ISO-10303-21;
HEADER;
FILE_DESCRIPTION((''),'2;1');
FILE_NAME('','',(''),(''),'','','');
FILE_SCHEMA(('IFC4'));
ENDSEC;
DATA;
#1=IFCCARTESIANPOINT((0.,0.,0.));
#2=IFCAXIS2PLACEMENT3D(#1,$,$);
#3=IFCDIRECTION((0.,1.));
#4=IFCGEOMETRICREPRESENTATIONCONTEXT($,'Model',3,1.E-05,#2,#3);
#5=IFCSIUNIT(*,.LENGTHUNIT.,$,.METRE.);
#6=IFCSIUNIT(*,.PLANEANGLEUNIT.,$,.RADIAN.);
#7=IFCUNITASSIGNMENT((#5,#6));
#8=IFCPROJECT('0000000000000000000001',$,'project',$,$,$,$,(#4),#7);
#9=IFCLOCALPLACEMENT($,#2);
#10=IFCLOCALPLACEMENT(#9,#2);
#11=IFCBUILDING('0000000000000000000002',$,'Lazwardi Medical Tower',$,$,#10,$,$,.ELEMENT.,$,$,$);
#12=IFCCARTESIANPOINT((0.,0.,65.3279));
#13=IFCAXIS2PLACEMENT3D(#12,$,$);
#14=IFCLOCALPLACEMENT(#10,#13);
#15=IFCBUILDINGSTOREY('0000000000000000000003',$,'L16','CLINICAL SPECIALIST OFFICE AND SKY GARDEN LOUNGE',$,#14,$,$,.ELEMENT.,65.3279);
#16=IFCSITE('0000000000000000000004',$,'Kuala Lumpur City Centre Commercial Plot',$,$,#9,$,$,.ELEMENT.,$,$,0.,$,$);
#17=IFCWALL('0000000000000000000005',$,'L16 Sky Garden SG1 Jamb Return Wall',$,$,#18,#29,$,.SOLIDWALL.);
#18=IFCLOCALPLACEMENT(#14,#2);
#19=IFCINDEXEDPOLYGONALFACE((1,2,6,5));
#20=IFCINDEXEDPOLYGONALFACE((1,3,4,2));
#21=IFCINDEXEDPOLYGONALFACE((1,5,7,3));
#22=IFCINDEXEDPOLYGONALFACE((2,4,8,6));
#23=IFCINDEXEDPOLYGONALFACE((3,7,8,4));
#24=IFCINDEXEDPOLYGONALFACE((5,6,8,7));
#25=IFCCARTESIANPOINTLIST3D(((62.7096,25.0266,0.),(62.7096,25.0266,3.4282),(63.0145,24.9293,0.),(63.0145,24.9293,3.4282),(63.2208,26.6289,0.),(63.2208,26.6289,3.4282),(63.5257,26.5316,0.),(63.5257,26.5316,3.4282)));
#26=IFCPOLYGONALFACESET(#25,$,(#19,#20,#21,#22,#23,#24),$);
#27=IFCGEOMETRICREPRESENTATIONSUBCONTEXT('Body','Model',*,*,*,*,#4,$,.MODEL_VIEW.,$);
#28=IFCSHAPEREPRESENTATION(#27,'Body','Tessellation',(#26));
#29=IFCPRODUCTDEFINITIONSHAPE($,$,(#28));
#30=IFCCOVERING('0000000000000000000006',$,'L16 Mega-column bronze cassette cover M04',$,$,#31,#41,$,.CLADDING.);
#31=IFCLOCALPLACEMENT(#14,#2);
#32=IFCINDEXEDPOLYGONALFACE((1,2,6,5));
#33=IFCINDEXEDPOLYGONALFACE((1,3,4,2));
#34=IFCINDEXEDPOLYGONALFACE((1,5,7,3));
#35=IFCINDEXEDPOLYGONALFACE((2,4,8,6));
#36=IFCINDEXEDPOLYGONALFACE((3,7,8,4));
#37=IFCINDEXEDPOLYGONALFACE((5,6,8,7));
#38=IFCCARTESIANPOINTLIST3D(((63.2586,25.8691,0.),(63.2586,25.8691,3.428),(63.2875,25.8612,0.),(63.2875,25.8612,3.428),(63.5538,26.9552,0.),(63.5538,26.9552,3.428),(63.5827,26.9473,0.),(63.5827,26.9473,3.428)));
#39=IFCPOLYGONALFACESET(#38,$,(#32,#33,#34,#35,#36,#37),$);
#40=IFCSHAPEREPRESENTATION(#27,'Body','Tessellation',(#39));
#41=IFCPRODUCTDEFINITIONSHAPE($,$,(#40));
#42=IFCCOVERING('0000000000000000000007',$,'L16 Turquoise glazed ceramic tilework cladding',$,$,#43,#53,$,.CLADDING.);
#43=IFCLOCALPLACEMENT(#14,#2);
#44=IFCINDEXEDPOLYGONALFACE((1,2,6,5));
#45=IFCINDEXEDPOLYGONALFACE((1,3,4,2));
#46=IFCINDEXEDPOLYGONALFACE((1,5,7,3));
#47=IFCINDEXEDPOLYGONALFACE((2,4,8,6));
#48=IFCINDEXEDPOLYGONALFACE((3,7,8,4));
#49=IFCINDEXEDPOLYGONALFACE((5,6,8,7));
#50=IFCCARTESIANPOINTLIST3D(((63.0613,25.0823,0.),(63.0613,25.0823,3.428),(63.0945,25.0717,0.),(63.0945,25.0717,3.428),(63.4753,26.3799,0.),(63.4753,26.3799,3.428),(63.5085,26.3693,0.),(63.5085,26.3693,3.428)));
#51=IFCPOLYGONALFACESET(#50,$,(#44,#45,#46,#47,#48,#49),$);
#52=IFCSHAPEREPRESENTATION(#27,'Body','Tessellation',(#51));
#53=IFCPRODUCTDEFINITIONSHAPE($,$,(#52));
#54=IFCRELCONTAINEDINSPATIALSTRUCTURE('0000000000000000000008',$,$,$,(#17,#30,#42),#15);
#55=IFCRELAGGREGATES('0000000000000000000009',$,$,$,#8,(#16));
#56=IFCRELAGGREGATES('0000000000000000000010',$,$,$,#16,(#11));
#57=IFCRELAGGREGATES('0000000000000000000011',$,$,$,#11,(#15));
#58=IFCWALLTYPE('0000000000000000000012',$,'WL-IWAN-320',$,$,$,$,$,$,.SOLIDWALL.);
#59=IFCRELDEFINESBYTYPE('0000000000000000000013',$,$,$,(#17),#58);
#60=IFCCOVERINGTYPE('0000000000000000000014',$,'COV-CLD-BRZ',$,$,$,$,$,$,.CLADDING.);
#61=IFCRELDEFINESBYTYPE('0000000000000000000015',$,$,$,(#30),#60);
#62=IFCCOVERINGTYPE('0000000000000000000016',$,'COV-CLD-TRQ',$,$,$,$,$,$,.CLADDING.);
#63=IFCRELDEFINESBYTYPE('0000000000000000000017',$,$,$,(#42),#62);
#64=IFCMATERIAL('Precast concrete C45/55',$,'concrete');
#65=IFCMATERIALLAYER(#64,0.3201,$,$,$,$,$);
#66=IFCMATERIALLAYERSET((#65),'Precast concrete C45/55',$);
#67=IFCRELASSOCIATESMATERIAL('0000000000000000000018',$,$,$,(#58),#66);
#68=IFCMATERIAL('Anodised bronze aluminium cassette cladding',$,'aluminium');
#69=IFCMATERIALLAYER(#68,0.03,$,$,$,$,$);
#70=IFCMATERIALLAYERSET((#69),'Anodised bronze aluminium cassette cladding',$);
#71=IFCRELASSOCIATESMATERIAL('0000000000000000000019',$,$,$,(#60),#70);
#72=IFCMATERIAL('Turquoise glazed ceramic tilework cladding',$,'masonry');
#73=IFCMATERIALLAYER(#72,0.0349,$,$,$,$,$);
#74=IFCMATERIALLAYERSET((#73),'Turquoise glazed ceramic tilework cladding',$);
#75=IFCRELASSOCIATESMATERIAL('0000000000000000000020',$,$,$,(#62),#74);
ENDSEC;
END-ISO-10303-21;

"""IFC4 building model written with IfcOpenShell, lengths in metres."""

from ifc_helpers import new_model, si_unit, direction, frame, frame_2d, origin, origin_2d, place, context, subcontext, project, spatial, rectangle, extrude, material, layer, layer_set, type_object, element, save


model = new_model("IFC4")

# Units and contexts
model_context = context("Model", 3, precision=1e-05, world=origin(), true_north=direction((0.0, 1.0)))
body_context = subcontext(model_context, "Body", "Model", "MODEL_VIEW")
ifc_project = project(units=[si_unit("LENGTHUNIT", "METRE"), si_unit("PLANEANGLEUNIT", "RADIAN")], contexts=[model_context])

# Site, building, storey
site_placement = place(None, origin())
site = spatial("IfcSite", under=ifc_project, at=site_placement, Name="Kuala Lumpur City Centre Commercial Plot", CompositionType="ELEMENT", RefElevation=0.0)
building_placement = place(site_placement, origin())
building = spatial("IfcBuilding", under=site, at=building_placement, Name="Lazwardi Medical Tower", CompositionType="ELEMENT")
storey_placement = place(building_placement, frame((0.0, 0.0, 65.3279)))
storey = spatial("IfcBuildingStorey", under=building, at=storey_placement, Name="L16", Description="CLINICAL SPECIALIST OFFICE AND SKY GARDEN LOUNGE", CompositionType="ELEMENT", Elevation=65.3279)

# Wall
ifc_material_1 = material(Name="Precast concrete C45/55", Category="concrete")
ifc_layer_1 = layer(ifc_material_1, 0.3201)
ifc_layer_set_1 = layer_set([ifc_layer_1], Name="Precast concrete C45/55")
wall_type_1 = type_object("IfcWallType", Name="WL-IWAN-320", PredefinedType="SOLIDWALL", material=ifc_layer_set_1)
wall_1_placement = place(storey_placement, frame((62.8621, 24.978, 0.0), z_axis=(0.0, 0.0, 1.0), x_axis=(0.303964, 0.952683, 0.0)))
element("IfcWall", 1, at=wall_1_placement, inside=storey, type_object=wall_type_1, Name="L16 Sky Garden SG1 Jamb Return Wall", PredefinedType="SOLIDWALL", context=body_context, shape_type="SweptSolid", body=[
    extrude(rectangle(XDim=1.6819, YDim=0.3201, at=frame_2d((0.8408, 0.0))), origin(), (0.0, 0.0, 1.0), 3.4282),
])

# Coverings
ifc_material_2 = material(Name="Anodised bronze aluminium cassette cladding", Category="aluminium")
ifc_layer_2 = layer(ifc_material_2, 0.03)
ifc_layer_set_2 = layer_set([ifc_layer_2], Name="Anodised bronze aluminium cassette cladding")
covering_type_1 = type_object("IfcCoveringType", Name="COV-CLD-BRZ", PredefinedType="CLADDING", material=ifc_layer_set_2)
covering_1_placement = place(storey_placement, frame((63.4207, 26.4082, 0.0), z_axis=(0.0, 0.0, 1.0), x_axis=(0.262283, 0.964991, 0.0)))
element("IfcCovering", 2, at=covering_1_placement, inside=storey, type_object=covering_type_1, Name="L16 Mega-column bronze cassette cover M04", PredefinedType="CLADDING", context=body_context, shape_type="SweptSolid", body=[
    extrude(rectangle(XDim=1.1255, YDim=0.03, at=origin_2d()), origin(), (0.0, 0.0, 1.0), 3.428),
])
ifc_material_3 = material(Name="Turquoise glazed ceramic tilework cladding", Category="masonry")
ifc_layer_3 = layer(ifc_material_3, 0.0349)
ifc_layer_set_3 = layer_set([ifc_layer_3], Name="Turquoise glazed ceramic tilework cladding")
covering_type_2 = type_object("IfcCoveringType", Name="COV-CLD-TRQ", PredefinedType="CLADDING", material=ifc_layer_set_3)
covering_2_placement = place(storey_placement, frame((63.2849, 25.7258, 0.0), z_axis=(0.0, 0.0, 1.0), x_axis=(0.303955, 0.952686, 0.0)))
element("IfcCovering", 3, at=covering_2_placement, inside=storey, type_object=covering_type_2, Name="L16 Turquoise glazed ceramic tilework cladding", PredefinedType="CLADDING", context=body_context, shape_type="SweptSolid", body=[
    extrude(rectangle(XDim=1.3621, YDim=0.0349, at=origin_2d()), origin(), (0.0, 0.0, 1.0), 3.428),
])

save(model, "model.ifc")
